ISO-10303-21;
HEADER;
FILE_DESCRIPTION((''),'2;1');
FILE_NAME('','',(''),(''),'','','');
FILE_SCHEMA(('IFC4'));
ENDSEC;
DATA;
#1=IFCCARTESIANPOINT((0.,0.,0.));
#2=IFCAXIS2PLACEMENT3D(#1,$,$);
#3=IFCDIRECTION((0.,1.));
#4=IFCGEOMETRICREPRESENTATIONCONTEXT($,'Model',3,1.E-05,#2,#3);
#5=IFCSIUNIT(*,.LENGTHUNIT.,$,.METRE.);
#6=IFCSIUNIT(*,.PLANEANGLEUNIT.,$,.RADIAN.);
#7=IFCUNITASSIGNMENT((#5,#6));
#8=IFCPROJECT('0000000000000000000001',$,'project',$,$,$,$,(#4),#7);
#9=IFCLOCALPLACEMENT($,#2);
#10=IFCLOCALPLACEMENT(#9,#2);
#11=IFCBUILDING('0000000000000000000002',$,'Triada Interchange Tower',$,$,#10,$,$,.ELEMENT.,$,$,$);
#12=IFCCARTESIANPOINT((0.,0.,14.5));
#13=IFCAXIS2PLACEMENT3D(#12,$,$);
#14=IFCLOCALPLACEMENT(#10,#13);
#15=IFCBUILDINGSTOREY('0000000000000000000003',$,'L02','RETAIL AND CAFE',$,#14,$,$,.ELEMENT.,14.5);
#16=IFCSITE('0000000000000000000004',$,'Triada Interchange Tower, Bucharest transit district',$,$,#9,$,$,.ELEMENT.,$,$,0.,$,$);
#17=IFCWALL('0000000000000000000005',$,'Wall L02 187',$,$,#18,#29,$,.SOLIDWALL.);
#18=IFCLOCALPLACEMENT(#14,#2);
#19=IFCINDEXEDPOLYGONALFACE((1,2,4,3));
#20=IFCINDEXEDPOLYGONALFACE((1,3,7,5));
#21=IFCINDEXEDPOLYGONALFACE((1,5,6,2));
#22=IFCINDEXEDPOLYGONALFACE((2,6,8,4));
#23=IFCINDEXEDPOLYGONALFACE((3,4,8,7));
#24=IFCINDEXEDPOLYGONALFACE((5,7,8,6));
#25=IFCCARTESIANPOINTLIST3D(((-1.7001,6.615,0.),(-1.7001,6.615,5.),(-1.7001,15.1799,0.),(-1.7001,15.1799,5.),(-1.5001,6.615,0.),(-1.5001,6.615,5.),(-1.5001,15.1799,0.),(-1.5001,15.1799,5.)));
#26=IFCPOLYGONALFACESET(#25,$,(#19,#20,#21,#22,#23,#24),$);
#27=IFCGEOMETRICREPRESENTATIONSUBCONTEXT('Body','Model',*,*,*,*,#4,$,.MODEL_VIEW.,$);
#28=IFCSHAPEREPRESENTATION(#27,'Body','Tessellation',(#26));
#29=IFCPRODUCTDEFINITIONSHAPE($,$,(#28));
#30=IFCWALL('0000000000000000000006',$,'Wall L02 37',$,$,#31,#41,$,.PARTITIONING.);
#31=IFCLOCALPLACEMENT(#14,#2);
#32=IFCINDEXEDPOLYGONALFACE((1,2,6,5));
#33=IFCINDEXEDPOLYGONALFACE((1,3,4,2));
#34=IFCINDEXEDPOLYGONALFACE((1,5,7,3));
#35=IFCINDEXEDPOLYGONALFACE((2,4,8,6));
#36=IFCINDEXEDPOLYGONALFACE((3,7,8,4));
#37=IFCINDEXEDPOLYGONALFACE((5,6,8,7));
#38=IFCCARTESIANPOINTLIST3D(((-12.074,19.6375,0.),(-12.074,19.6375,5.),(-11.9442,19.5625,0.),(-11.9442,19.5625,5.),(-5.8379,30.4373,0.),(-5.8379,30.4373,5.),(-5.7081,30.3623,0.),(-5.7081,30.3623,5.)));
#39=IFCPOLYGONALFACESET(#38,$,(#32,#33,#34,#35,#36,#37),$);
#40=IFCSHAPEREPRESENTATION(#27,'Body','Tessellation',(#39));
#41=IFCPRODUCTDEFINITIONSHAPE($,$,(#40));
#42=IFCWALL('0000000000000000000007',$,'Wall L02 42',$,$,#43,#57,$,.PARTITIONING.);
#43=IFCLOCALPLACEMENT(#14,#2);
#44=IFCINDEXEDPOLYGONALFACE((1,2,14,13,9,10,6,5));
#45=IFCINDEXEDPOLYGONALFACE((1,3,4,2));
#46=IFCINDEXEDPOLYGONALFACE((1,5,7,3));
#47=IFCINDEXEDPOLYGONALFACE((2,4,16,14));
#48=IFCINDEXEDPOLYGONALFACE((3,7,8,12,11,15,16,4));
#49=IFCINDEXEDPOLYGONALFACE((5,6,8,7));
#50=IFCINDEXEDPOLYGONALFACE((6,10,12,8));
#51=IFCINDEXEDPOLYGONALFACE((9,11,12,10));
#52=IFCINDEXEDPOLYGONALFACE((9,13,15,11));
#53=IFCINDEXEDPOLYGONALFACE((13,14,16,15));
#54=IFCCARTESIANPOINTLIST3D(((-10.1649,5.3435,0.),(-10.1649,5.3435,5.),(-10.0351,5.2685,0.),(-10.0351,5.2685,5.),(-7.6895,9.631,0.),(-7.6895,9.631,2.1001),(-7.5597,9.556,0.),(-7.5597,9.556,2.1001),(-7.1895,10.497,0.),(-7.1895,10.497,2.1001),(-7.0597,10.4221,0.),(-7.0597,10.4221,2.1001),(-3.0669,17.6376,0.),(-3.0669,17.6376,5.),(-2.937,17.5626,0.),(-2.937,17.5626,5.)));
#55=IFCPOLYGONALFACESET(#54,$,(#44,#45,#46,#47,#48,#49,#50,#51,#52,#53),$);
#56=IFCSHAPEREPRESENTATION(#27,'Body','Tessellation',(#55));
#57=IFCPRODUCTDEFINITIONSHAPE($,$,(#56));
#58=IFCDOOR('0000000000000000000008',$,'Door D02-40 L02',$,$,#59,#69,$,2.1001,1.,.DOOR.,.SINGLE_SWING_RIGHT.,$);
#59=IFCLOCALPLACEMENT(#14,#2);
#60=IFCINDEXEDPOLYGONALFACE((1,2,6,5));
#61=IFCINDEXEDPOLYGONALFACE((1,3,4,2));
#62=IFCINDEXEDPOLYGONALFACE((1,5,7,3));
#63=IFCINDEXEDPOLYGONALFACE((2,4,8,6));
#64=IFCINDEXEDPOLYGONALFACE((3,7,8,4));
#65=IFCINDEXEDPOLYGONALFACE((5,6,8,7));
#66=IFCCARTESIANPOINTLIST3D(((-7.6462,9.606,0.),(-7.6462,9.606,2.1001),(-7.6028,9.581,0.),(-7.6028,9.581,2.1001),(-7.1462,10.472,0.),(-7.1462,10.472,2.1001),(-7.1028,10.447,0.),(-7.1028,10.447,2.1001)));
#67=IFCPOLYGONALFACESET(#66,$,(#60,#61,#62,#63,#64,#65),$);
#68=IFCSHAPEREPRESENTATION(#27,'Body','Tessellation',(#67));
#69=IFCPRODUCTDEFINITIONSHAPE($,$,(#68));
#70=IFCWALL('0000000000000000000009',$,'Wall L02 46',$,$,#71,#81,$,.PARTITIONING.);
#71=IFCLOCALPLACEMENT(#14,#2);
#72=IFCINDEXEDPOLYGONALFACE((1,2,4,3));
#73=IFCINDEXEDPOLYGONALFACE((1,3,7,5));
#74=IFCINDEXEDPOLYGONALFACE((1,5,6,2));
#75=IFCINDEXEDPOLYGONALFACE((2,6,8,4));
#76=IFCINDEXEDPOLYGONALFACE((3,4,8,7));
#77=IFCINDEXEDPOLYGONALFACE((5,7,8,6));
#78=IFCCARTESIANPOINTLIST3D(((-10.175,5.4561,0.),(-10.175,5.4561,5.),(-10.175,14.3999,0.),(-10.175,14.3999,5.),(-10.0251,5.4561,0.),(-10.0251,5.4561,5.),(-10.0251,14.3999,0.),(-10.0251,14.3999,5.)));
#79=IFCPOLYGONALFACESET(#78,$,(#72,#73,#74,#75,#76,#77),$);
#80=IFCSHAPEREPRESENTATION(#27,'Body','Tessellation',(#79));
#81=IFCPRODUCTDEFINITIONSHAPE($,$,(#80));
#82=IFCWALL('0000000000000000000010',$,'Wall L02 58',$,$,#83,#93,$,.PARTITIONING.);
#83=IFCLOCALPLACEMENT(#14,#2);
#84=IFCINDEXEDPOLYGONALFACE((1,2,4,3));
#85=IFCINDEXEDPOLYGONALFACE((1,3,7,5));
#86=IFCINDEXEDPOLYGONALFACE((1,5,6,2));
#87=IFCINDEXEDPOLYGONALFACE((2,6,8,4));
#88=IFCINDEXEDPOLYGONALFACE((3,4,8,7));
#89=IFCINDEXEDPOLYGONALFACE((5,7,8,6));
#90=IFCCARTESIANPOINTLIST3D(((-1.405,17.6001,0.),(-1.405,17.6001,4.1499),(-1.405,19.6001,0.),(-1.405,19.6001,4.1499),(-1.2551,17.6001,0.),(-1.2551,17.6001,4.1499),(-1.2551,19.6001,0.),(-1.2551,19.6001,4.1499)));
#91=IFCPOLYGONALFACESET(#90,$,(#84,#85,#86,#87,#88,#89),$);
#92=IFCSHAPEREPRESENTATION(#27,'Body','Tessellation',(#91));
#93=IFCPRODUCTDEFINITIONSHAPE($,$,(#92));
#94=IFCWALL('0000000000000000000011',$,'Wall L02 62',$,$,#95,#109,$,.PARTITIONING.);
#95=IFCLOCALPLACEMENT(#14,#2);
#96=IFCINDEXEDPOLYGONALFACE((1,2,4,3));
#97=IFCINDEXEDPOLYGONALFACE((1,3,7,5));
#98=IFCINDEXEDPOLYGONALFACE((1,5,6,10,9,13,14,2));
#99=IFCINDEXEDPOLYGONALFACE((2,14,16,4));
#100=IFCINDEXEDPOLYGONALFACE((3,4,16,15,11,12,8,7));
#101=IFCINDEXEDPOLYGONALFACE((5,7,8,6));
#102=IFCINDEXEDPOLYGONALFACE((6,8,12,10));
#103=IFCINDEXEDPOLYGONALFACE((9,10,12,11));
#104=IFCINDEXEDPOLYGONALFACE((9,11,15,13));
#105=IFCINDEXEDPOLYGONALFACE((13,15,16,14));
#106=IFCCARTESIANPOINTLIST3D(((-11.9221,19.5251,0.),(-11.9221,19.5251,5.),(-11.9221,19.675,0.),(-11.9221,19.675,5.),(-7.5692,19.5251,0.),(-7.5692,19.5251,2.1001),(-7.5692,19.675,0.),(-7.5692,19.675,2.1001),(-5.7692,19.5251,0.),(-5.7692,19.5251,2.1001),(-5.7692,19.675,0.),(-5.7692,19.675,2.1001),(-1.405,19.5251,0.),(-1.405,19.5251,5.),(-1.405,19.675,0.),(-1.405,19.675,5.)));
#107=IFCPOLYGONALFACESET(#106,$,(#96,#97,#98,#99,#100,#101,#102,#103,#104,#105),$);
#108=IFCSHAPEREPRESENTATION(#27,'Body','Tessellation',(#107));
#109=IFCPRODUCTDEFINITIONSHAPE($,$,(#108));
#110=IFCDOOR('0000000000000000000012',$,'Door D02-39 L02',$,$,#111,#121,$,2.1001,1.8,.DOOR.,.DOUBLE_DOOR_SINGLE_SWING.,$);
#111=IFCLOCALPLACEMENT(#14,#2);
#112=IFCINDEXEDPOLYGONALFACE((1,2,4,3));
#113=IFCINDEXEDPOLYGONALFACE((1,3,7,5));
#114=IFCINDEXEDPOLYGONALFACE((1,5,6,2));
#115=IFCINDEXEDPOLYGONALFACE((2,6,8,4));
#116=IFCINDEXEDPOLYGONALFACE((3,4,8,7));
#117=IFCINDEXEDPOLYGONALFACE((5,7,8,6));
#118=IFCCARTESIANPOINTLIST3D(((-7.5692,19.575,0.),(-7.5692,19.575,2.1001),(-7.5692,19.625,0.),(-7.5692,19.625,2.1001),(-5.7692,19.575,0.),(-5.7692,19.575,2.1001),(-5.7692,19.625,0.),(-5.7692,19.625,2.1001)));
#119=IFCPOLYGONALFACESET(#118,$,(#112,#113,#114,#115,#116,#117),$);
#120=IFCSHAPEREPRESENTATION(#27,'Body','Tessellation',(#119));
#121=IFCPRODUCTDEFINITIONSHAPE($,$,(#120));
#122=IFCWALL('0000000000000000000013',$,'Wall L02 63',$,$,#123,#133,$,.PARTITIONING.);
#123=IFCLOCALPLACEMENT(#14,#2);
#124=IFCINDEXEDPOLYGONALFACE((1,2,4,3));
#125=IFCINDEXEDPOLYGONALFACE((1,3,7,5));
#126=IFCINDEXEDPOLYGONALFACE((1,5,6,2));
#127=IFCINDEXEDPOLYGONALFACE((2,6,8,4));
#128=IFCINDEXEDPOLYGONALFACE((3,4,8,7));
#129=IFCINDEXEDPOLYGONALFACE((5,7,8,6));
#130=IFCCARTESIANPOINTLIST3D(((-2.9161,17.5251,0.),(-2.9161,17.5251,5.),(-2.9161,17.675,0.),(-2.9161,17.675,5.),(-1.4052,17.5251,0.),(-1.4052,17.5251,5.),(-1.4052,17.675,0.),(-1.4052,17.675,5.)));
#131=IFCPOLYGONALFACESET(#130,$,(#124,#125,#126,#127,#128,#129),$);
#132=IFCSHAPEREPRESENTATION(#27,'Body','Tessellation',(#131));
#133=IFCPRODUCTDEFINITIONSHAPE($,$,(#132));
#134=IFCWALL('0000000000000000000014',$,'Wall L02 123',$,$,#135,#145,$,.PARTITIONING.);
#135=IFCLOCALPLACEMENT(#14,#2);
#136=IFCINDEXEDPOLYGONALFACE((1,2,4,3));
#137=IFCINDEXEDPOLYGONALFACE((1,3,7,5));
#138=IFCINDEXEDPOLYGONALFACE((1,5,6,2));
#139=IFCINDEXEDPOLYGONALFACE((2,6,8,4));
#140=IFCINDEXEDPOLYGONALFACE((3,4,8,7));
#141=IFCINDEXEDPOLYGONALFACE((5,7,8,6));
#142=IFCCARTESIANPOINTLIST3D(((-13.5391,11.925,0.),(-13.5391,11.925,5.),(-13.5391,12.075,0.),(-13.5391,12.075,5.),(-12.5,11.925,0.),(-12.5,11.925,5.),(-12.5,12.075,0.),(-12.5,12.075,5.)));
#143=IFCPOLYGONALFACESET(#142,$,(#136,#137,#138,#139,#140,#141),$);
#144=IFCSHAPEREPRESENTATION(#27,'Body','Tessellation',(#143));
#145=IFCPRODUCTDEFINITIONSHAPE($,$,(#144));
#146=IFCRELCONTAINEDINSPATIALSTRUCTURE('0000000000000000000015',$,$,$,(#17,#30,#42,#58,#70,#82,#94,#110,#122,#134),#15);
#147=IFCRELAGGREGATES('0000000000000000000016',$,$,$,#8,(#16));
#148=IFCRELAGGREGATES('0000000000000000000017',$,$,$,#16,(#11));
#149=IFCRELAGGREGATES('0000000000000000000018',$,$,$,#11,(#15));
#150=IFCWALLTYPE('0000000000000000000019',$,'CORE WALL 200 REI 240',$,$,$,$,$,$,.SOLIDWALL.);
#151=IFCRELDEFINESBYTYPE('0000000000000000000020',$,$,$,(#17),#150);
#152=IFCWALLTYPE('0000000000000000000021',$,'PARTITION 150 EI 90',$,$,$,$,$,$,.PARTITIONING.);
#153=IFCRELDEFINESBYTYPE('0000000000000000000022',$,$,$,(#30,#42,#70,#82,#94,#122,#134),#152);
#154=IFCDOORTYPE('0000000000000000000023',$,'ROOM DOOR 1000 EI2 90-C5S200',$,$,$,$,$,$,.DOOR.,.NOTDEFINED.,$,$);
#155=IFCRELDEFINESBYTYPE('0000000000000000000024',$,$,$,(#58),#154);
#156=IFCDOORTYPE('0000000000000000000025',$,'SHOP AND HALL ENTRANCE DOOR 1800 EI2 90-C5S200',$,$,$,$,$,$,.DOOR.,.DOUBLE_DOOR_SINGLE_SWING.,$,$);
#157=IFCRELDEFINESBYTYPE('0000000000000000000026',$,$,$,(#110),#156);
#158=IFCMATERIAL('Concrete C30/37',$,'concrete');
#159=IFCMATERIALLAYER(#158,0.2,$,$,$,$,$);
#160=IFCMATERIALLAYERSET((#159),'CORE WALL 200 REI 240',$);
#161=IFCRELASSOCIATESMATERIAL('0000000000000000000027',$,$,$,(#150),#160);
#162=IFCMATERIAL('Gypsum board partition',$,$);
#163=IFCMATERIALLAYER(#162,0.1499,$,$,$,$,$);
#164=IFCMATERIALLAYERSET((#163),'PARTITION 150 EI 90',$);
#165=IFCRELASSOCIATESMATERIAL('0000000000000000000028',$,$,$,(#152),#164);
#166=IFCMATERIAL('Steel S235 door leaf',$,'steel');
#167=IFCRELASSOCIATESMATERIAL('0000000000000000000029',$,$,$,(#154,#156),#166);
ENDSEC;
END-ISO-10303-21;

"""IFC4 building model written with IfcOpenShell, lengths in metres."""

from ifc_helpers import new_model, si_unit, direction, frame, frame_2d, origin, place, context, subcontext, project, spatial, rectangle, extrude, material, layer, layer_set, type_object, element, fill, save


model = new_model("IFC4")

# Units and contexts
model_context = context("Model", 3, precision=1e-05, world=origin(), true_north=direction((0.0, 1.0)))
body_context = subcontext(model_context, "Body", "Model", "MODEL_VIEW")
ifc_project = project(units=[si_unit("LENGTHUNIT", "METRE"), si_unit("PLANEANGLEUNIT", "RADIAN")], contexts=[model_context])

# Site, building, storey
site_placement = place(None, origin())
site = spatial("IfcSite", under=ifc_project, at=site_placement, Name="Triada Interchange Tower, Bucharest transit district", CompositionType="ELEMENT", RefElevation=0.0)
building_placement = place(site_placement, origin())
building = spatial("IfcBuilding", under=site, at=building_placement, Name="Triada Interchange Tower", CompositionType="ELEMENT")
storey_placement = place(building_placement, frame((0.0, 0.0, 14.5)))
storey = spatial("IfcBuildingStorey", under=building, at=storey_placement, Name="L02", Description="RETAIL AND CAFE", CompositionType="ELEMENT", Elevation=14.5)

# Shared definitions
ifc_material_1 = material(Name="Concrete C30/37", Category="concrete")

# Shared definitions
ifc_material_2 = material(Name="Steel S235 door leaf", Category="steel")

# Wall
ifc_layer_1 = layer(ifc_material_1, 0.2)
ifc_layer_set_1 = layer_set([ifc_layer_1], Name="CORE WALL 200 REI 240")
wall_type_1 = type_object("IfcWallType", Name="CORE WALL 200 REI 240", PredefinedType="SOLIDWALL", material=ifc_layer_set_1)
wall_1_placement = place(storey_placement, frame((-1.6001, 6.615, 0.0), z_axis=(0.0, 0.0, 1.0), x_axis=(0.0, 1.0, 0.0)))
element("IfcWall", 1, at=wall_1_placement, inside=storey, type_object=wall_type_1, Name="Wall L02 187", PredefinedType="SOLIDWALL", context=body_context, shape_type="SweptSolid", body=[
    extrude(rectangle(XDim=8.5649, YDim=0.2, at=frame_2d((4.2825, 0.0))), origin(), (0.0, 0.0, 1.0), 5.0),
])

# Wall
ifc_material_3 = material(Name="Gypsum board partition")
ifc_layer_2 = layer(ifc_material_3, 0.1499)
ifc_layer_set_2 = layer_set([ifc_layer_2], Name="PARTITION 150 EI 90")
wall_type_2 = type_object("IfcWallType", Name="PARTITION 150 EI 90", PredefinedType="PARTITIONING", material=ifc_layer_set_2)
wall_2_placement = place(storey_placement, frame((-12.009, 19.6001, 0.0), z_axis=(0.0, 0.0, 1.0), x_axis=(0.500049, 0.865997, 0.0)))
element("IfcWall", 2, at=wall_2_placement, inside=storey, type_object=wall_type_2, Name="Wall L02 37", PredefinedType="PARTITIONING", context=body_context, shape_type="SweptSolid", body=[
    extrude(rectangle(XDim=12.4709, YDim=0.1499, at=frame_2d((6.2354, 0.0))), origin(), (0.0, 0.0, 1.0), 5.0),
])

# Wall, opening, door
wall_3_placement = place(storey_placement, frame((-10.1001, 5.3059, 0.0), z_axis=(0.0, 0.0, 1.0), x_axis=(0.500005, 0.866023, 0.0)))
wall_3 = element("IfcWall", 3, at=wall_3_placement, inside=storey, type_object=wall_type_2, Name="Wall L02 42", PredefinedType="PARTITIONING", context=body_context, shape_type="SweptSolid", body=[
    extrude(rectangle(XDim=14.196, YDim=0.1499, at=frame_2d((7.0981, 0.0))), origin(), (0.0, 0.0, 1.0), 5.0),
])
opening_1_placement = place(wall_3_placement, frame((4.9509, 0.0, 0.0)))
opening_1 = element("IfcOpeningElement", 4, at=opening_1_placement, cuts=wall_3, PredefinedType="OPENING", context=body_context, shape_type="SweptSolid", body=[
    extrude(rectangle(XDim=1.0, YDim=2.1001, at=frame_2d((0.5, 1.05))), frame((0.0, 0.085, 0.0), z_axis=(0.0, -1.0, 0.0), x_axis=(1.0, 0.0, 0.0)), (0.0, 0.0, 1.0), 0.1699),
])
door_type_1 = type_object("IfcDoorType", Name="ROOM DOOR 1000 EI2 90-C5S200", OperationType="NOTDEFINED", PredefinedType="DOOR", material=ifc_material_2)
door_1_placement = place(opening_1_placement, origin())
door_1 = element("IfcDoor", 5, at=door_1_placement, inside=storey, type_object=door_type_1, Name="Door D02-40 L02", OperationType="SINGLE_SWING_RIGHT", OverallHeight=2.1001, OverallWidth=1.0, PredefinedType="DOOR", context=body_context, shape_type="SweptSolid", body=[
    extrude(rectangle(XDim=1.0, YDim=2.1001, at=frame_2d((0.5, 1.05))), frame((0.0, 0.0249, 0.0), z_axis=(0.0, -1.0, 0.0), x_axis=(1.0, 0.0, 0.0)), (0.0, 0.0, 1.0), 0.05),
])
fill(opening_1, door_1)

# Walls
wall_4_placement = place(storey_placement, frame((-10.1001, 5.4561, 0.0), z_axis=(0.0, 0.0, 1.0), x_axis=(0.0, 1.0, 0.0)))
element("IfcWall", 6, at=wall_4_placement, inside=storey, type_object=wall_type_2, Name="Wall L02 46", PredefinedType="PARTITIONING", context=body_context, shape_type="SweptSolid", body=[
    extrude(rectangle(XDim=8.9438, YDim=0.1499, at=frame_2d((4.4719, 0.0))), origin(), (0.0, 0.0, 1.0), 5.0),
])
wall_5_placement = place(storey_placement, frame((-1.3301, 17.6001, 0.0), z_axis=(0.0, 0.0, 1.0), x_axis=(0.0, 1.0, 0.0)))
element("IfcWall", 7, at=wall_5_placement, inside=storey, type_object=wall_type_2, Name="Wall L02 58", PredefinedType="PARTITIONING", context=body_context, shape_type="SweptSolid", body=[
    extrude(rectangle(XDim=2.0, YDim=0.1499, at=frame_2d((1.0, 0.0))), origin(), (0.0, 0.0, 1.0), 4.1499),
])

# Wall, opening, door
wall_6_placement = place(storey_placement, frame((-11.9221, 19.6001, 0.0), z_axis=(0.0, 0.0, 1.0), x_axis=(1.0, 0.0, 0.0)))
wall_6 = element("IfcWall", 8, at=wall_6_placement, inside=storey, type_object=wall_type_2, Name="Wall L02 62", PredefinedType="PARTITIONING", context=body_context, shape_type="SweptSolid", body=[
    extrude(rectangle(XDim=10.5171, YDim=0.1499, at=frame_2d((5.2585, 0.0))), origin(), (0.0, 0.0, 1.0), 5.0),
])
opening_2_placement = place(wall_6_placement, frame((4.353, 0.0, 0.0)))
opening_2 = element("IfcOpeningElement", 9, at=opening_2_placement, cuts=wall_6, PredefinedType="OPENING", context=body_context, shape_type="SweptSolid", body=[
    extrude(rectangle(XDim=1.8, YDim=2.1001, at=frame_2d((0.8999, 1.05))), frame((0.0, 0.085, 0.0), z_axis=(0.0, -1.0, 0.0), x_axis=(1.0, 0.0, 0.0)), (0.0, 0.0, 1.0), 0.1699),
])
door_type_2 = type_object("IfcDoorType", Name="SHOP AND HALL ENTRANCE DOOR 1800 EI2 90-C5S200", OperationType="DOUBLE_DOOR_SINGLE_SWING", PredefinedType="DOOR", material=ifc_material_2)
door_2_placement = place(opening_2_placement, origin())
door_2 = element("IfcDoor", 10, at=door_2_placement, inside=storey, type_object=door_type_2, Name="Door D02-39 L02", OperationType="DOUBLE_DOOR_SINGLE_SWING", OverallHeight=2.1001, OverallWidth=1.8, PredefinedType="DOOR", context=body_context, shape_type="SweptSolid", body=[
    extrude(rectangle(XDim=1.8, YDim=2.1001, at=frame_2d((0.8999, 1.05))), frame((0.0, 0.0249, 0.0), z_axis=(0.0, -1.0, 0.0), x_axis=(1.0, 0.0, 0.0)), (0.0, 0.0, 1.0), 0.05),
])
fill(opening_2, door_2)

# Walls
wall_7_placement = place(storey_placement, frame((-2.916, 17.6001, 0.0), z_axis=(0.0, 0.0, 1.0), x_axis=(1.0, 0.0, 0.0)))
element("IfcWall", 11, at=wall_7_placement, inside=storey, type_object=wall_type_2, Name="Wall L02 63", PredefinedType="PARTITIONING", context=body_context, shape_type="SweptSolid", body=[
    extrude(rectangle(XDim=1.511, YDim=0.1499, at=frame_2d((0.7554, 0.0))), origin(), (0.0, 0.0, 1.0), 5.0),
])
wall_8_placement = place(storey_placement, frame((-13.5391, 12.0, 0.0), z_axis=(0.0, 0.0, 1.0), x_axis=(1.0, 0.0, 0.0)))
element("IfcWall", 12, at=wall_8_placement, inside=storey, type_object=wall_type_2, Name="Wall L02 123", PredefinedType="PARTITIONING", context=body_context, shape_type="SweptSolid", body=[
    extrude(rectangle(XDim=1.0391, YDim=0.1499, at=frame_2d((0.5195, 0.0))), origin(), (0.0, 0.0, 1.0), 5.0),
])

save(model, "model.ifc")
